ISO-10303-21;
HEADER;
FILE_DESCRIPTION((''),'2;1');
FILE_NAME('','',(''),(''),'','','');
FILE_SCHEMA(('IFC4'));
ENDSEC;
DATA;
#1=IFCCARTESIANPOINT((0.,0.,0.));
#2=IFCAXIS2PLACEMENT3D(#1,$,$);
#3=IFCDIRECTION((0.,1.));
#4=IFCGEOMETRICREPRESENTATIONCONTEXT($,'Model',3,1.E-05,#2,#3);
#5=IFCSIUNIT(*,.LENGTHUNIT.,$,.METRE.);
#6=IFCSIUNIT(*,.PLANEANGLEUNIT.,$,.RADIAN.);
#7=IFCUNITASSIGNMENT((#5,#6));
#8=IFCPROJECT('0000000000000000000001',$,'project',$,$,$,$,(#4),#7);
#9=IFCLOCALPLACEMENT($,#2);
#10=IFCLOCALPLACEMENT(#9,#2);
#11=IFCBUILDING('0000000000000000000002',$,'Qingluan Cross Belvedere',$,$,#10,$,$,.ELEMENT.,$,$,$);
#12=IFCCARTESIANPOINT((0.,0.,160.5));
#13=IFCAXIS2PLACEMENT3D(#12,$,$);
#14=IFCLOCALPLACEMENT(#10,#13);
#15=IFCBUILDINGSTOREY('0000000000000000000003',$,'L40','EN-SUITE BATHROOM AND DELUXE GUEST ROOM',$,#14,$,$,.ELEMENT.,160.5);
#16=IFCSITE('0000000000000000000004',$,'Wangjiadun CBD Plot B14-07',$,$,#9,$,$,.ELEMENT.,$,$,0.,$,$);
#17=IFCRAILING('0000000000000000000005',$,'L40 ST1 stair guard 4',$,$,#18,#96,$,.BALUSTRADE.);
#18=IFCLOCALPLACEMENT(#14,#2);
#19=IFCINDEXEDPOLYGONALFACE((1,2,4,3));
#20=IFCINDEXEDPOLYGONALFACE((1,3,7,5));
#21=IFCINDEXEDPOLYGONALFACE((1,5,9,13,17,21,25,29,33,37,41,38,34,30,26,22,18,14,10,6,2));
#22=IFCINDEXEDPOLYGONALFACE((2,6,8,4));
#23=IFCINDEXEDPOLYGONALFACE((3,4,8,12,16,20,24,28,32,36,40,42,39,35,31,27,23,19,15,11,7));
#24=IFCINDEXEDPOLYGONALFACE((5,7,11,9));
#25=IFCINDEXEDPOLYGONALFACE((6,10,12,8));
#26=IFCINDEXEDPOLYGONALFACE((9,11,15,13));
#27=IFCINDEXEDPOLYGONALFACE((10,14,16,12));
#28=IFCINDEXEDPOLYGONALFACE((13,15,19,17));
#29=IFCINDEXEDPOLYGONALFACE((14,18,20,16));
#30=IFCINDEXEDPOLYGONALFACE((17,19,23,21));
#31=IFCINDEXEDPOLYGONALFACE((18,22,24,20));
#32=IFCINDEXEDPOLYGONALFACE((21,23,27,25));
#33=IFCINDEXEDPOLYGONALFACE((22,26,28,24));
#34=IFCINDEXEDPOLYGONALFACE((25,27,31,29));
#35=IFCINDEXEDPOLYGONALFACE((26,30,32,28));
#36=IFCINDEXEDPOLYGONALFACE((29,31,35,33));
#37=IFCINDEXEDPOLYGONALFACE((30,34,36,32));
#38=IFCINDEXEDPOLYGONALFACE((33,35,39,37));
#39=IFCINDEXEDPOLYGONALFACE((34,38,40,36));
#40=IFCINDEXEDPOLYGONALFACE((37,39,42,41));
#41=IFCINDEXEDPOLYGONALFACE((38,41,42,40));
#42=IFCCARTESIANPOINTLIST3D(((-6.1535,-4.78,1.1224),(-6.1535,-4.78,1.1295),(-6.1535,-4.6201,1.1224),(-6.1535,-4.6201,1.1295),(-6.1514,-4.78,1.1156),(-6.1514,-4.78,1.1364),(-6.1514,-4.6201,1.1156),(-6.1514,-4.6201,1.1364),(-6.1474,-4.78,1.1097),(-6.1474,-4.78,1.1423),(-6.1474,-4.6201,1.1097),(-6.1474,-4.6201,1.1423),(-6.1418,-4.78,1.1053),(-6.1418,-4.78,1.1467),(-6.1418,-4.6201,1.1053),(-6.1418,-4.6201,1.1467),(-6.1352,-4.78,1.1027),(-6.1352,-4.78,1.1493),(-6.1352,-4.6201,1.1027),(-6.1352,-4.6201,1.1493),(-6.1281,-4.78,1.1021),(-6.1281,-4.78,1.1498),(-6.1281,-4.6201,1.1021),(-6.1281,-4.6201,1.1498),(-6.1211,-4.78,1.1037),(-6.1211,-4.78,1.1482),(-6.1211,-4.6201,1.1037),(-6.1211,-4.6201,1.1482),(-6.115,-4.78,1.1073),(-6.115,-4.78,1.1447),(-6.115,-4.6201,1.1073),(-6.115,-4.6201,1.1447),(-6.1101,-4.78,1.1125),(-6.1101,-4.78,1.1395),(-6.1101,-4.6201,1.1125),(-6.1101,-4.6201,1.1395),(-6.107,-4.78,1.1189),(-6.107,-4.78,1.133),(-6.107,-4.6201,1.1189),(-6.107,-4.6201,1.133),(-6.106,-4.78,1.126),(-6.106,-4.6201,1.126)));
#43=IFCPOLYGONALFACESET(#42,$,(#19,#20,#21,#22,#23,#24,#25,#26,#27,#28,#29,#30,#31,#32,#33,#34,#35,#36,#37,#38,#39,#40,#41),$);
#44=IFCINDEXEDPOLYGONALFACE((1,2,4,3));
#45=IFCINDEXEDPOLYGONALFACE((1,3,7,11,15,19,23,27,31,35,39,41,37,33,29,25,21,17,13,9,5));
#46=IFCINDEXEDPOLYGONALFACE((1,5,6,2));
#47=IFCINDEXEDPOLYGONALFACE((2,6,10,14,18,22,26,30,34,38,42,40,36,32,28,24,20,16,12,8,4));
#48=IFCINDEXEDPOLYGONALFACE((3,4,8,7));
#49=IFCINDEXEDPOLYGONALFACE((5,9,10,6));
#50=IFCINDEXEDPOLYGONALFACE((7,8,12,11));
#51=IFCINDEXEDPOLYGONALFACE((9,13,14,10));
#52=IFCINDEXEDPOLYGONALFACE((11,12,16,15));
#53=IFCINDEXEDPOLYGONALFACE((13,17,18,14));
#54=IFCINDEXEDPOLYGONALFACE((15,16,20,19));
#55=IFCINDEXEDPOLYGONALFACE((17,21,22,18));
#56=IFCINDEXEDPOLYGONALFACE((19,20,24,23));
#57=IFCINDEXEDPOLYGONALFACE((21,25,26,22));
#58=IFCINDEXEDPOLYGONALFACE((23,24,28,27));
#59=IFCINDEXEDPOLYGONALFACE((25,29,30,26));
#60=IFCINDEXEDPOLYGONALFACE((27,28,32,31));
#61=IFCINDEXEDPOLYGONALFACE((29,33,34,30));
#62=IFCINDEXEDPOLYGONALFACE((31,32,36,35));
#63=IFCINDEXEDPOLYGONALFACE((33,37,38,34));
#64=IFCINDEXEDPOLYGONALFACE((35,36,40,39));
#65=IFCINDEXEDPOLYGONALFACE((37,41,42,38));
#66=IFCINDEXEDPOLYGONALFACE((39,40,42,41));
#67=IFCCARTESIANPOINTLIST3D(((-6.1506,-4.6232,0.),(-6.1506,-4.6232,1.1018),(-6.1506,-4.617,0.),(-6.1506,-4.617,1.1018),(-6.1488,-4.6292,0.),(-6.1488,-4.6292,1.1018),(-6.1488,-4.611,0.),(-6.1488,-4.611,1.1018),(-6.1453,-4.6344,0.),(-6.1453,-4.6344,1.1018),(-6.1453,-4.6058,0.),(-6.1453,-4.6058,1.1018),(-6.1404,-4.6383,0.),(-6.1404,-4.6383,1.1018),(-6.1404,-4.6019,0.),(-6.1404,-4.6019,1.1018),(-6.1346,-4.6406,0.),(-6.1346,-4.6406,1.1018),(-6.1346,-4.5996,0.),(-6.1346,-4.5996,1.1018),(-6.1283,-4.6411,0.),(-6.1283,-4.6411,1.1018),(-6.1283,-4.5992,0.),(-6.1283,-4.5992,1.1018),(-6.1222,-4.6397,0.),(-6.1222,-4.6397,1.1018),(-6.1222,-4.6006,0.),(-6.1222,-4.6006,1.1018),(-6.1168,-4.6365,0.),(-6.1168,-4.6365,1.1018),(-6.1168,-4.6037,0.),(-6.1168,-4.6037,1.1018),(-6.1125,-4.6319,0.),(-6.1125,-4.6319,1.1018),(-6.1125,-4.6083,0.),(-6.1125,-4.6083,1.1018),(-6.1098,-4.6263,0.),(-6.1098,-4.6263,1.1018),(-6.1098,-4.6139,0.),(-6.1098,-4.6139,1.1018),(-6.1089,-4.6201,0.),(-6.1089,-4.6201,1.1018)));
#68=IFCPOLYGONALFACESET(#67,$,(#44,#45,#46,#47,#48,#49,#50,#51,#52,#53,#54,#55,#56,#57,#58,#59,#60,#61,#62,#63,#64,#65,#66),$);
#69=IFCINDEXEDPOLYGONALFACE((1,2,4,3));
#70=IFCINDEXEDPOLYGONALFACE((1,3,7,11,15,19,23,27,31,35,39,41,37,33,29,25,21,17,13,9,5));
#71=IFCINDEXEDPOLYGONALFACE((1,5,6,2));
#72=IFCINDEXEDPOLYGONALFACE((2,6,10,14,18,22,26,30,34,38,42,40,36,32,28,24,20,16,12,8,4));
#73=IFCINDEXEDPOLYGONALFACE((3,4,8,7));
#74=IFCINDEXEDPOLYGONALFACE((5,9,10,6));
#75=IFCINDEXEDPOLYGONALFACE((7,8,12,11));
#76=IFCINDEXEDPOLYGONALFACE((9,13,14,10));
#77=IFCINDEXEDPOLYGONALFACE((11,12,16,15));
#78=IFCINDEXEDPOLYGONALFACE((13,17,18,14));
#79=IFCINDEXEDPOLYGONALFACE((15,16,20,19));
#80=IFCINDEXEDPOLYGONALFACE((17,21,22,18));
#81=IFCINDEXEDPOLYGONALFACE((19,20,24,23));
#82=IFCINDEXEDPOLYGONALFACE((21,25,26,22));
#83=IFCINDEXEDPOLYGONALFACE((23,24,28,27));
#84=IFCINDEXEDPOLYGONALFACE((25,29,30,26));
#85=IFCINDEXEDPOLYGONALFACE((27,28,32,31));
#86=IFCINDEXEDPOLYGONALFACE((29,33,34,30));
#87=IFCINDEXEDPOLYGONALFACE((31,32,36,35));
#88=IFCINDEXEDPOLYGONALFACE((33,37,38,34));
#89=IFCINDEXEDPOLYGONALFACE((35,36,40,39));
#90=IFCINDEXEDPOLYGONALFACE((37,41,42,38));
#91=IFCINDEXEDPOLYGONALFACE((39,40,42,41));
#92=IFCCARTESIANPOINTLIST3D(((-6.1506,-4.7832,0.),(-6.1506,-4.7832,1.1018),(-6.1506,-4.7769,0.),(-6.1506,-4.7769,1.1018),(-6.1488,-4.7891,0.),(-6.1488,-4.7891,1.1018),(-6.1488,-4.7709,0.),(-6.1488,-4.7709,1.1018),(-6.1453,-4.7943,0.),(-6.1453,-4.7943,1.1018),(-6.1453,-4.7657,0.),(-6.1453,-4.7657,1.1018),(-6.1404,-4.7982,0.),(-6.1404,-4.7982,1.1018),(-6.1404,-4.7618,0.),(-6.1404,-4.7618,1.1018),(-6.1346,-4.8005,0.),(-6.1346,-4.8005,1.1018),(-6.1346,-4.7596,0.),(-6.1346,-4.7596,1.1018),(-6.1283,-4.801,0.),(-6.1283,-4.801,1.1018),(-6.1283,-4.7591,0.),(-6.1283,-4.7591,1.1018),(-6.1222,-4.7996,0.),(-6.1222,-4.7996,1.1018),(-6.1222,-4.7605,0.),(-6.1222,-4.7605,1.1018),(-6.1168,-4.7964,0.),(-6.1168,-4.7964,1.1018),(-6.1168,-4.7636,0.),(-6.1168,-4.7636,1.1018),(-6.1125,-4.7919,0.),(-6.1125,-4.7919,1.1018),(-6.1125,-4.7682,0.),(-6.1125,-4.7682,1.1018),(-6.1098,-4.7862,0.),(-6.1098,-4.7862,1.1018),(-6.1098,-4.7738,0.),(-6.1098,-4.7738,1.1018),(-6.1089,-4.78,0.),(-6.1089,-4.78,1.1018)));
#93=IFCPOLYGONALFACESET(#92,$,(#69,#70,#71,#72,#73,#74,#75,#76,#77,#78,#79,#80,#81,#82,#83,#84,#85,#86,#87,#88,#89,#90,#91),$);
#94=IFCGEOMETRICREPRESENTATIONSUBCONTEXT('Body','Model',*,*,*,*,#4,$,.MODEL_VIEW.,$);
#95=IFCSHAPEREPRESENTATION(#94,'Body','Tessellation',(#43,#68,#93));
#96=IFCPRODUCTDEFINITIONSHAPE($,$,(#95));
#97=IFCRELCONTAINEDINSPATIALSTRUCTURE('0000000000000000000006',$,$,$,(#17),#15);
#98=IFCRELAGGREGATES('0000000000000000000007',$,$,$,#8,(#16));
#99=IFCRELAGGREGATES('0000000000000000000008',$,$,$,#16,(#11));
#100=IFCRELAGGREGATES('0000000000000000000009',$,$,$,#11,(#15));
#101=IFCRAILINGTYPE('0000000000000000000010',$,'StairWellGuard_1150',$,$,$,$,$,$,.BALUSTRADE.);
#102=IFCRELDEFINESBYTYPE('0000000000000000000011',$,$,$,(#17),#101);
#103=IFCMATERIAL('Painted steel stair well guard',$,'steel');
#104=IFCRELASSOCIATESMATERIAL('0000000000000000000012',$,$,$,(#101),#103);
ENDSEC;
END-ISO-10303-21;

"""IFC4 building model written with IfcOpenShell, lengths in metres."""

from ifc_helpers import new_model, si_unit, direction, frame, origin, origin_2d, place, context, subcontext, project, spatial, circle, extrude, material, type_object, element, save


model = new_model("IFC4")

# Units and contexts
model_context = context("Model", 3, precision=1e-05, world=origin(), true_north=direction((0.0, 1.0)))
body_context = subcontext(model_context, "Body", "Model", "MODEL_VIEW")
ifc_project = project(units=[si_unit("LENGTHUNIT", "METRE"), si_unit("PLANEANGLEUNIT", "RADIAN")], contexts=[model_context])

# Site, building, storey
site_placement = place(None, origin())
site = spatial("IfcSite", under=ifc_project, at=site_placement, Name="Wangjiadun CBD Plot B14-07", CompositionType="ELEMENT", RefElevation=0.0)
building_placement = place(site_placement, origin())
building = spatial("IfcBuilding", under=site, at=building_placement, Name="Qingluan Cross Belvedere", CompositionType="ELEMENT")
storey_placement = place(building_placement, frame((0.0, 0.0, 160.5)))
storey = spatial("IfcBuildingStorey", under=building, at=storey_placement, Name="L40", Description="EN-SUITE BATHROOM AND DELUXE GUEST ROOM", CompositionType="ELEMENT", Elevation=160.5)

# Railing
ifc_material_1 = material(Name="Painted steel stair well guard", Category="steel")
railing_type_1 = type_object("IfcRailingType", Name="StairWellGuard_1150", PredefinedType="BALUSTRADE", material=ifc_material_1)
railing_1_placement = place(storey_placement, frame((-6.1299, -4.6201, 0.0)))
element("IfcRailing", 1, at=railing_1_placement, inside=storey, type_object=railing_type_1, Name="L40 ST1 stair guard 4", PredefinedType="BALUSTRADE", context=body_context, shape_type="SweptSolid", body=[
    extrude(circle(Radius=0.0239, at=origin_2d()), frame((0.0, 0.0, 1.126), z_axis=(0.0, -1.0, 0.0), x_axis=(1.0, 0.0, 0.0)), (0.0, 0.0, 1.0), 0.1599),
    extrude(circle(Radius=0.021, at=origin_2d()), origin(), (0.0, 0.0, 1.0), 1.1018),
    extrude(circle(Radius=0.021, at=origin_2d()), frame((0.0, -0.1599, 0.0)), (0.0, 0.0, 1.0), 1.1018),
])

save(model, "model.ifc")
